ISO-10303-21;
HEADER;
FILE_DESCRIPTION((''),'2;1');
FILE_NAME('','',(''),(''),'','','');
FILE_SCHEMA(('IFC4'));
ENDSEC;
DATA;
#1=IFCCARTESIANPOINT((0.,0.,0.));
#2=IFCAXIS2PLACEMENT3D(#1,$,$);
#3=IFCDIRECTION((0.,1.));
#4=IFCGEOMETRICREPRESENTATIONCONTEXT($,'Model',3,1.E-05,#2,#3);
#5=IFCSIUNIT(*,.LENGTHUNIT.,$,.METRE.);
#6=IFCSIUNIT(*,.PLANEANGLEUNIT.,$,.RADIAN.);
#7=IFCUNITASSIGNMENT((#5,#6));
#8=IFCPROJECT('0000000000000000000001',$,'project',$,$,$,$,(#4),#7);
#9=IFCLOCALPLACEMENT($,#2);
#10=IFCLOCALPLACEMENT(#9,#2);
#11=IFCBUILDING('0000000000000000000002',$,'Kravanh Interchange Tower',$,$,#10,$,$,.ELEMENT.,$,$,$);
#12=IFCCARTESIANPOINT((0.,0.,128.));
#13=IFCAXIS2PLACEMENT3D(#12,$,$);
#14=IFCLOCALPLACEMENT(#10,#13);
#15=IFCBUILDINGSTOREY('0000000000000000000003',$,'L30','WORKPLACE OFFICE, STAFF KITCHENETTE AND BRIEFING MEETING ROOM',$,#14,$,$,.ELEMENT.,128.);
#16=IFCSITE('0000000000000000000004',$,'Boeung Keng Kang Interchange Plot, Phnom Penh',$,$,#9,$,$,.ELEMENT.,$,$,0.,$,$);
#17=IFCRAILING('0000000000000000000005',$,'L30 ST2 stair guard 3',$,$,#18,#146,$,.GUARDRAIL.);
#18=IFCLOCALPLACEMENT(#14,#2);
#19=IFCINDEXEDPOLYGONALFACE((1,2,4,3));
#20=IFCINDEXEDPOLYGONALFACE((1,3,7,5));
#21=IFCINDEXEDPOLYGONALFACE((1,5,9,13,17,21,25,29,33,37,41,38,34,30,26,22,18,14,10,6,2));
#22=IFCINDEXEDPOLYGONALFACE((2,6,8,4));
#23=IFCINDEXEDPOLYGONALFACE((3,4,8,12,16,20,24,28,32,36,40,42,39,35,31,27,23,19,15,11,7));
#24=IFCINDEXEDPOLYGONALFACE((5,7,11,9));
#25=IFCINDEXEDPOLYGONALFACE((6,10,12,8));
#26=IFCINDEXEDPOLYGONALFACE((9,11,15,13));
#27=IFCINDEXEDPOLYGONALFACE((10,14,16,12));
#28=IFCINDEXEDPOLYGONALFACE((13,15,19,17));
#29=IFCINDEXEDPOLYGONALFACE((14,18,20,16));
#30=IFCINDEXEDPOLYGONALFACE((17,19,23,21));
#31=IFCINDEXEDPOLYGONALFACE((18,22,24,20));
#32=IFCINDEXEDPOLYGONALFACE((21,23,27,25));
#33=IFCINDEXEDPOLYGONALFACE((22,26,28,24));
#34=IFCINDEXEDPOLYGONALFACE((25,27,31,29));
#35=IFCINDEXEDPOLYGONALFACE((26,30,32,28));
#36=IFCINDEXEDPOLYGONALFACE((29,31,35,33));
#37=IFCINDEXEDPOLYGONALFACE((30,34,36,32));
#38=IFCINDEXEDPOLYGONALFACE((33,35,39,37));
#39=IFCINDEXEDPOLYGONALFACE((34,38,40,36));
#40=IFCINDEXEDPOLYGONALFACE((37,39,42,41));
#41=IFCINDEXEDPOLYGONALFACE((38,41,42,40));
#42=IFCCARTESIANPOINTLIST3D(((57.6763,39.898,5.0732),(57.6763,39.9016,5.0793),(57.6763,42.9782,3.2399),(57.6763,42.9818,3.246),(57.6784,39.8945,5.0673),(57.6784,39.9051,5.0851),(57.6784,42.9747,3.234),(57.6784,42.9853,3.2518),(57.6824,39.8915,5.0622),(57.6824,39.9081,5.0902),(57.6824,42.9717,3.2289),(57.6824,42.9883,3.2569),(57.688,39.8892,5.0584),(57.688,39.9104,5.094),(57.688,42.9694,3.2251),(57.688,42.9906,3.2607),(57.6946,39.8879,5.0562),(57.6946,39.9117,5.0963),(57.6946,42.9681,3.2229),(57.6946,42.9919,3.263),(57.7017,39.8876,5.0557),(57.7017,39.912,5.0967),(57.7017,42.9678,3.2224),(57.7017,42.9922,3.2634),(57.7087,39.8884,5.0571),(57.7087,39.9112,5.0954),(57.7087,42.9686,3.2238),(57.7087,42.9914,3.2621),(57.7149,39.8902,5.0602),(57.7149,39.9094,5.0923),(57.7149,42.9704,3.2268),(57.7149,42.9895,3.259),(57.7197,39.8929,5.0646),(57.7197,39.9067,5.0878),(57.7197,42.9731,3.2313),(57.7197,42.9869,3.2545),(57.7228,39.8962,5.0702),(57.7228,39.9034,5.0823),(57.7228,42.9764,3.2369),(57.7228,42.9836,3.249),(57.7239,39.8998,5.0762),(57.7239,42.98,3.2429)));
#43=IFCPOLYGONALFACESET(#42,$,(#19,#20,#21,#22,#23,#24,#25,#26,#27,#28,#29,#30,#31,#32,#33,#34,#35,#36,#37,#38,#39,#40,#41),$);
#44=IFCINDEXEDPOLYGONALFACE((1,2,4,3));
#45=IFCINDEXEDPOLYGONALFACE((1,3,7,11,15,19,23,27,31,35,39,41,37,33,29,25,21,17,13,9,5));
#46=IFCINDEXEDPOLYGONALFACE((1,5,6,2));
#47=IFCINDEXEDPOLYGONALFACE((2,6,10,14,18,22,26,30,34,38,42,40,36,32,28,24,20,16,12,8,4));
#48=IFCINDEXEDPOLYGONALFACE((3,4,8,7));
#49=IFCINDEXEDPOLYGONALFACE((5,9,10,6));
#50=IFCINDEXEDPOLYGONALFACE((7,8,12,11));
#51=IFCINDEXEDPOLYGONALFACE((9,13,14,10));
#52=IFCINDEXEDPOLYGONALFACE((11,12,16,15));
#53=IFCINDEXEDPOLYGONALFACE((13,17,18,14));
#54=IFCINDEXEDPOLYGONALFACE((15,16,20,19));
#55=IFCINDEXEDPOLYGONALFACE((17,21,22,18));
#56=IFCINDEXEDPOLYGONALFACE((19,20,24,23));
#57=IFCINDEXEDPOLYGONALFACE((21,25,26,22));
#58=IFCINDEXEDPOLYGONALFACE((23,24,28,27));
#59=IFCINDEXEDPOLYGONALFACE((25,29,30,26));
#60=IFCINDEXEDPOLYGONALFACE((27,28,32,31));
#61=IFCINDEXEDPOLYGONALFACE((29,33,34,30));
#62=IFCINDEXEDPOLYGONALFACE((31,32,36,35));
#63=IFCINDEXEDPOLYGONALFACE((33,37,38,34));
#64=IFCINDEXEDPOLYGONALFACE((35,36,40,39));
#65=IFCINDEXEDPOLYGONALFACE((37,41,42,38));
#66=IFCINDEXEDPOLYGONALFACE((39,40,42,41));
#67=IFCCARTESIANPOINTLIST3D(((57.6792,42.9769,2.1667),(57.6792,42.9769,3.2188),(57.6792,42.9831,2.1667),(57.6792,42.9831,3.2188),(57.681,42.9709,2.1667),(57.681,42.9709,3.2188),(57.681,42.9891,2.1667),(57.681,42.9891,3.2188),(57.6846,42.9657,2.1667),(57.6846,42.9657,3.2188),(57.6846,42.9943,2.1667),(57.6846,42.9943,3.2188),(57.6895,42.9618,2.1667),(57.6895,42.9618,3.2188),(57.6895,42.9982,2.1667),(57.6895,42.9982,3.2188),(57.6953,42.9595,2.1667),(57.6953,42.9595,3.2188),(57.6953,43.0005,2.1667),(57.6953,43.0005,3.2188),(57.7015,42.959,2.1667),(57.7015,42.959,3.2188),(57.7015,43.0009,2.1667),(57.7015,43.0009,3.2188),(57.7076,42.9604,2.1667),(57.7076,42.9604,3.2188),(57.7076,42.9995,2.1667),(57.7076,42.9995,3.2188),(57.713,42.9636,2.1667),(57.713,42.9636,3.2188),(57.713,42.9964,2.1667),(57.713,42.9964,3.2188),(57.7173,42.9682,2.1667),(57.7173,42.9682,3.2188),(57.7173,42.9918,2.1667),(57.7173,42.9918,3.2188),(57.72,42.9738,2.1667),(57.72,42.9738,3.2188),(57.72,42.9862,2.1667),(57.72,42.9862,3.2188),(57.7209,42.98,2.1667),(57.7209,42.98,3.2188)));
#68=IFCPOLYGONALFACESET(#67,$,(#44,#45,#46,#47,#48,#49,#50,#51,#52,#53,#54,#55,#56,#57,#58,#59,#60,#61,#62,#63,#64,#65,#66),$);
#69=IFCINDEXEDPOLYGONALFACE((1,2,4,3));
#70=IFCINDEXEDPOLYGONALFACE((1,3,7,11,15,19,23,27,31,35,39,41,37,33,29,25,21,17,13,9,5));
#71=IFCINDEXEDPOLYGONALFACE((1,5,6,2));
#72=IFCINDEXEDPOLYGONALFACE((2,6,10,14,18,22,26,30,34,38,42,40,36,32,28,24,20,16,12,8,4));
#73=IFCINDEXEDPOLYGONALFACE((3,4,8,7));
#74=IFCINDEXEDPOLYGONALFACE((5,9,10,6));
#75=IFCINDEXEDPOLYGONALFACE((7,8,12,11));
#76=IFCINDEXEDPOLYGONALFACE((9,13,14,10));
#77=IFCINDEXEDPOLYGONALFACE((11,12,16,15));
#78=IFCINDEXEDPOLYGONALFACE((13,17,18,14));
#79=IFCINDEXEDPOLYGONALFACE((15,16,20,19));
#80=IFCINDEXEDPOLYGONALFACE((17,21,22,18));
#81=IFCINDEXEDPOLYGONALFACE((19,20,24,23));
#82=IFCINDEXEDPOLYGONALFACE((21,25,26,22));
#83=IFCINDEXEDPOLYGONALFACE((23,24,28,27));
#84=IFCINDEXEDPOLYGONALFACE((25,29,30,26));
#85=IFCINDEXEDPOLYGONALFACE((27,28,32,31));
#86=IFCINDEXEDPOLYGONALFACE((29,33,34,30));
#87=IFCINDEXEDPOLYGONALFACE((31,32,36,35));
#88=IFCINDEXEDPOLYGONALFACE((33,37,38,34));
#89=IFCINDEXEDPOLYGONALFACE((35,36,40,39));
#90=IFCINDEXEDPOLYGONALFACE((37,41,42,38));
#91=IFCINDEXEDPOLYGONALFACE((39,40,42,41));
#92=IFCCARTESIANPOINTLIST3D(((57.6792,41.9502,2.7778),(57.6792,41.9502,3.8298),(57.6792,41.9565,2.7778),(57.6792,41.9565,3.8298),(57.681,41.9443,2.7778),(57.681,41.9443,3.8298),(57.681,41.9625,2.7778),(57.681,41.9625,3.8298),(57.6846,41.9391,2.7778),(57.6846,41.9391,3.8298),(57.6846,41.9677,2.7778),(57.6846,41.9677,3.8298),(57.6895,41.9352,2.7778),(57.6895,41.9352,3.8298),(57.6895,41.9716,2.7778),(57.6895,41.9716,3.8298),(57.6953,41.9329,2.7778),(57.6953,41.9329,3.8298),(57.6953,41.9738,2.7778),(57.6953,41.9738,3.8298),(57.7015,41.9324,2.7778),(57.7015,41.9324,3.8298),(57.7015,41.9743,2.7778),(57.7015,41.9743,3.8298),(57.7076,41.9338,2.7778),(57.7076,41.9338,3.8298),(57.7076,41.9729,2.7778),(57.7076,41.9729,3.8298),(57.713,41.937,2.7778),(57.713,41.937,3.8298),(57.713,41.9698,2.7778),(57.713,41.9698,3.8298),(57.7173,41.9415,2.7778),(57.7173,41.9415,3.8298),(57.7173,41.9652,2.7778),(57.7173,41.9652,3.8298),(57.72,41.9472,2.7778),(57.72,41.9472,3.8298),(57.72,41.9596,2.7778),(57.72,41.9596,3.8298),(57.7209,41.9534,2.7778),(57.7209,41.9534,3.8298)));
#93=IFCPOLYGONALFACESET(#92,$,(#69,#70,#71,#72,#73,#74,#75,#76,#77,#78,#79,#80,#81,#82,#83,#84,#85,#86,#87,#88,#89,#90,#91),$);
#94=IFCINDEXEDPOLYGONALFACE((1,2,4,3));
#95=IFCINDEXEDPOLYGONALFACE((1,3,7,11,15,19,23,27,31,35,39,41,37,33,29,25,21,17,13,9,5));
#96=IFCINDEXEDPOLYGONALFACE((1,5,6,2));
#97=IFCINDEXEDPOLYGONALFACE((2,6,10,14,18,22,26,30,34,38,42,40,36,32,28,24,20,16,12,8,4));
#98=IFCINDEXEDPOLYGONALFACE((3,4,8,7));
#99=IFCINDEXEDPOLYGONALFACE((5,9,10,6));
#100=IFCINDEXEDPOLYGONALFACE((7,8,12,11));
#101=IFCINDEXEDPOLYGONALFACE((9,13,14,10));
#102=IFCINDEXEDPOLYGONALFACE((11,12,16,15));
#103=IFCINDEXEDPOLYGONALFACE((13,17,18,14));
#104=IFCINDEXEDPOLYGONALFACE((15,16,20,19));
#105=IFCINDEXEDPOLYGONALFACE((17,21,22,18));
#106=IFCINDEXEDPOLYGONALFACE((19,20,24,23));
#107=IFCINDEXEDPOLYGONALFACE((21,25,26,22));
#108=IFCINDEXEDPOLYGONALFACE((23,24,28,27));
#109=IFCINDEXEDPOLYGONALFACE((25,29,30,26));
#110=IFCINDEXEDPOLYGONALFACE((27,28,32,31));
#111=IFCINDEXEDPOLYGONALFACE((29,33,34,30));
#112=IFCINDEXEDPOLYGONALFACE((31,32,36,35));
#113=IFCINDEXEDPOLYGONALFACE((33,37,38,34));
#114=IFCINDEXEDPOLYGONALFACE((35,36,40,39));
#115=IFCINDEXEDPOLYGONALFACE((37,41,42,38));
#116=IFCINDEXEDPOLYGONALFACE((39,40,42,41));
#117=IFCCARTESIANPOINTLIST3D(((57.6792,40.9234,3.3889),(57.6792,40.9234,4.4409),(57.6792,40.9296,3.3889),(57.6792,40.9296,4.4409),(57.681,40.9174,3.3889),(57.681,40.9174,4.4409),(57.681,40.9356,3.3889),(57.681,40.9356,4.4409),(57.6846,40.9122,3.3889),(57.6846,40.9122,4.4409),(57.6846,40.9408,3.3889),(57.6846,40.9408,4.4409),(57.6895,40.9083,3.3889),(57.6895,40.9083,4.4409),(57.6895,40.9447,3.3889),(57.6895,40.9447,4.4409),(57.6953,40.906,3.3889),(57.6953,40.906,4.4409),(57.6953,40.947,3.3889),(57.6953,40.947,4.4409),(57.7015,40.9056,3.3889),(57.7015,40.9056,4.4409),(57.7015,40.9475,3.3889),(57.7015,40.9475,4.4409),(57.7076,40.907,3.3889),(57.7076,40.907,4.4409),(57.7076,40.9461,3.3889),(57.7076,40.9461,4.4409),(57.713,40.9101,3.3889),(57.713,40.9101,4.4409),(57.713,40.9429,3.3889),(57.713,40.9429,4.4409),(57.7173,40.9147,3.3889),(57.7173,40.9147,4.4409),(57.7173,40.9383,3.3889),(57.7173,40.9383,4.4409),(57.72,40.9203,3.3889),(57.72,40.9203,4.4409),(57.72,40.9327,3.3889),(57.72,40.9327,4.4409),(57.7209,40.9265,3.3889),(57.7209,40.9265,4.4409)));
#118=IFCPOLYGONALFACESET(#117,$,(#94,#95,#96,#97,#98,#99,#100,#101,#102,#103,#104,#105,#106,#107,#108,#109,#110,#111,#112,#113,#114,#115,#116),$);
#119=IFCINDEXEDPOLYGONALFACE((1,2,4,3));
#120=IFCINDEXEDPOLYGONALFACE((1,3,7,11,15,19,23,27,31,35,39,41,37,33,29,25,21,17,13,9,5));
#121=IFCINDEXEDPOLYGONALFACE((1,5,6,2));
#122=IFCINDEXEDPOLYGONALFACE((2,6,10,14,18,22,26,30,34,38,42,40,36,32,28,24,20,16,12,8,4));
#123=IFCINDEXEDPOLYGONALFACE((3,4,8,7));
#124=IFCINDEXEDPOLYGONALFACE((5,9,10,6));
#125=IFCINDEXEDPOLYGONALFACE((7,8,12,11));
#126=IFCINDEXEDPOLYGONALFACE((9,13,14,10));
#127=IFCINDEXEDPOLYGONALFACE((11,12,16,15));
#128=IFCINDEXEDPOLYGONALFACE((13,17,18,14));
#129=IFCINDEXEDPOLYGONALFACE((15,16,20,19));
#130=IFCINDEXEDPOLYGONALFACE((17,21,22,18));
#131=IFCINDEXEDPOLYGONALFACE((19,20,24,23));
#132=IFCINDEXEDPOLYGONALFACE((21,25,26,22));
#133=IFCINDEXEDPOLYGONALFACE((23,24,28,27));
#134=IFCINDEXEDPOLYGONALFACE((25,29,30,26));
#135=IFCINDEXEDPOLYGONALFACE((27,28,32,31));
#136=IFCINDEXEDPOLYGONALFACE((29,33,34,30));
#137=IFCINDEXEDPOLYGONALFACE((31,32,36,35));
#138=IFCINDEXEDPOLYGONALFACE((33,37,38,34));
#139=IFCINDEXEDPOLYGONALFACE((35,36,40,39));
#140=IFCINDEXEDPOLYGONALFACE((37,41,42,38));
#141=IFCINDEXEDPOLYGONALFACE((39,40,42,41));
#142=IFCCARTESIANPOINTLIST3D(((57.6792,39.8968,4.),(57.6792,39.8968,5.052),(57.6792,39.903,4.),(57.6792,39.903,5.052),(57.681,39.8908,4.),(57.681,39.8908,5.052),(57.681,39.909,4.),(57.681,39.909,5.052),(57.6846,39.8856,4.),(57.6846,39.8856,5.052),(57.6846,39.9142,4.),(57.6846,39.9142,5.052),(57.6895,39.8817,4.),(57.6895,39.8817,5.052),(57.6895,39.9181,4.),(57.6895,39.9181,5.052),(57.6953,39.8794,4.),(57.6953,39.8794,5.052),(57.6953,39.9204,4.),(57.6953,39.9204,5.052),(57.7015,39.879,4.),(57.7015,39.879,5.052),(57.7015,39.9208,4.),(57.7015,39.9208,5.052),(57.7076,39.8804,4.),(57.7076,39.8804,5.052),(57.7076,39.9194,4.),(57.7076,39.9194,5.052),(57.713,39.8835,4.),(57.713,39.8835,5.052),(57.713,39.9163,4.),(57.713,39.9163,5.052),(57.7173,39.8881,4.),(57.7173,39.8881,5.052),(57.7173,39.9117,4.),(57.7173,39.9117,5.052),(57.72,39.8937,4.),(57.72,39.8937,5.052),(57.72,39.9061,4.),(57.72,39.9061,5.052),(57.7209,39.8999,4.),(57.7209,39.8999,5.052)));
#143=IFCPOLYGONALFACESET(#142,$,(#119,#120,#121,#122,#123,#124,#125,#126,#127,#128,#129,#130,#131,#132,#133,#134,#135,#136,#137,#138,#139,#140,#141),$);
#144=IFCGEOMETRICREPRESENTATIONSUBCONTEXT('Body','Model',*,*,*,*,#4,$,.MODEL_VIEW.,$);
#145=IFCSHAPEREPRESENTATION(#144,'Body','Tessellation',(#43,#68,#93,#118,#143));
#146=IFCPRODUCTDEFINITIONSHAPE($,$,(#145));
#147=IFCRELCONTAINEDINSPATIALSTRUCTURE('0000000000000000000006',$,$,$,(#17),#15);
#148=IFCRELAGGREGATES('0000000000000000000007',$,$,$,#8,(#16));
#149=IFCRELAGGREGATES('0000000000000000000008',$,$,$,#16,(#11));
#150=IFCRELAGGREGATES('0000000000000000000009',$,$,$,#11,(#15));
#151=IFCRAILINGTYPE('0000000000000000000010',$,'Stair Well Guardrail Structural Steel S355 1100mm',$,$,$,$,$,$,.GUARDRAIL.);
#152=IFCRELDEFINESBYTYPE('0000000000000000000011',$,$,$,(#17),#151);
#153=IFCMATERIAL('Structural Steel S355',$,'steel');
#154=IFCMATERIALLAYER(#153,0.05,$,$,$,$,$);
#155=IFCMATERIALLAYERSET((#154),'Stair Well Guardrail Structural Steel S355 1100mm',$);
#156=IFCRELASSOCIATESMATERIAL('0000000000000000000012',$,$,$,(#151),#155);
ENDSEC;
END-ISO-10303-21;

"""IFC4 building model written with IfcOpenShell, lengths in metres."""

from ifc_helpers import new_model, si_unit, direction, frame, origin, origin_2d, place, context, subcontext, project, spatial, circle, extrude, material, layer, layer_set, type_object, element, save


model = new_model("IFC4")

# Units and contexts
model_context = context("Model", 3, precision=1e-05, world=origin(), true_north=direction((0.0, 1.0)))
body_context = subcontext(model_context, "Body", "Model", "MODEL_VIEW")
ifc_project = project(units=[si_unit("LENGTHUNIT", "METRE"), si_unit("PLANEANGLEUNIT", "RADIAN")], contexts=[model_context])

# Site, building, storey
site_placement = place(None, origin())
site = spatial("IfcSite", under=ifc_project, at=site_placement, Name="Boeung Keng Kang Interchange Plot, Phnom Penh", CompositionType="ELEMENT", RefElevation=0.0)
building_placement = place(site_placement, origin())
building = spatial("IfcBuilding", under=site, at=building_placement, Name="Kravanh Interchange Tower", CompositionType="ELEMENT")
storey_placement = place(building_placement, frame((0.0, 0.0, 128.0)))
storey = spatial("IfcBuildingStorey", under=building, at=storey_placement, Name="L30", Description="WORKPLACE OFFICE, STAFF KITCHENETTE AND BRIEFING MEETING ROOM", CompositionType="ELEMENT", Elevation=128.0)

# Railing
ifc_material_1 = material(Name="Structural Steel S355", Category="steel")
ifc_layer_1 = layer(ifc_material_1, 0.05)
ifc_layer_set_1 = layer_set([ifc_layer_1], Name="Stair Well Guardrail Structural Steel S355 1100mm")
railing_type_1 = type_object("IfcRailingType", Name="Stair Well Guardrail Structural Steel S355 1100mm", PredefinedType="GUARDRAIL", material=ifc_layer_set_1)
railing_1_placement = place(storey_placement, frame((57.7, 42.98, 2.1667)))
element("IfcRailing", 1, at=railing_1_placement, inside=storey, type_object=railing_type_1, Name="L30 ST2 stair guard 3", PredefinedType="GUARDRAIL", context=body_context, shape_type="SweptSolid", body=[
    extrude(circle(Radius=0.0239, at=origin_2d()), frame((0.0, 0.0, 1.0762), z_axis=(0.0, -0.859309, 0.511458), x_axis=(1.0, 0.0, 0.0)), (0.0, 0.0, 1.0), 3.5845),
    extrude(circle(Radius=0.021, at=origin_2d()), origin(), (0.0, 0.0, 1.0), 1.052),
    extrude(circle(Radius=0.021, at=origin_2d()), frame((0.0, -1.0266, 0.6111)), (0.0, 0.0, 1.0), 1.052),
    extrude(circle(Radius=0.021, at=origin_2d()), frame((0.0, -2.0535, 1.2222)), (0.0, 0.0, 1.0), 1.052),
    extrude(circle(Radius=0.021, at=origin_2d()), frame((0.0, -3.0801, 1.8333)), (0.0, 0.0, 1.0), 1.052),
])

save(model, "model.ifc")
